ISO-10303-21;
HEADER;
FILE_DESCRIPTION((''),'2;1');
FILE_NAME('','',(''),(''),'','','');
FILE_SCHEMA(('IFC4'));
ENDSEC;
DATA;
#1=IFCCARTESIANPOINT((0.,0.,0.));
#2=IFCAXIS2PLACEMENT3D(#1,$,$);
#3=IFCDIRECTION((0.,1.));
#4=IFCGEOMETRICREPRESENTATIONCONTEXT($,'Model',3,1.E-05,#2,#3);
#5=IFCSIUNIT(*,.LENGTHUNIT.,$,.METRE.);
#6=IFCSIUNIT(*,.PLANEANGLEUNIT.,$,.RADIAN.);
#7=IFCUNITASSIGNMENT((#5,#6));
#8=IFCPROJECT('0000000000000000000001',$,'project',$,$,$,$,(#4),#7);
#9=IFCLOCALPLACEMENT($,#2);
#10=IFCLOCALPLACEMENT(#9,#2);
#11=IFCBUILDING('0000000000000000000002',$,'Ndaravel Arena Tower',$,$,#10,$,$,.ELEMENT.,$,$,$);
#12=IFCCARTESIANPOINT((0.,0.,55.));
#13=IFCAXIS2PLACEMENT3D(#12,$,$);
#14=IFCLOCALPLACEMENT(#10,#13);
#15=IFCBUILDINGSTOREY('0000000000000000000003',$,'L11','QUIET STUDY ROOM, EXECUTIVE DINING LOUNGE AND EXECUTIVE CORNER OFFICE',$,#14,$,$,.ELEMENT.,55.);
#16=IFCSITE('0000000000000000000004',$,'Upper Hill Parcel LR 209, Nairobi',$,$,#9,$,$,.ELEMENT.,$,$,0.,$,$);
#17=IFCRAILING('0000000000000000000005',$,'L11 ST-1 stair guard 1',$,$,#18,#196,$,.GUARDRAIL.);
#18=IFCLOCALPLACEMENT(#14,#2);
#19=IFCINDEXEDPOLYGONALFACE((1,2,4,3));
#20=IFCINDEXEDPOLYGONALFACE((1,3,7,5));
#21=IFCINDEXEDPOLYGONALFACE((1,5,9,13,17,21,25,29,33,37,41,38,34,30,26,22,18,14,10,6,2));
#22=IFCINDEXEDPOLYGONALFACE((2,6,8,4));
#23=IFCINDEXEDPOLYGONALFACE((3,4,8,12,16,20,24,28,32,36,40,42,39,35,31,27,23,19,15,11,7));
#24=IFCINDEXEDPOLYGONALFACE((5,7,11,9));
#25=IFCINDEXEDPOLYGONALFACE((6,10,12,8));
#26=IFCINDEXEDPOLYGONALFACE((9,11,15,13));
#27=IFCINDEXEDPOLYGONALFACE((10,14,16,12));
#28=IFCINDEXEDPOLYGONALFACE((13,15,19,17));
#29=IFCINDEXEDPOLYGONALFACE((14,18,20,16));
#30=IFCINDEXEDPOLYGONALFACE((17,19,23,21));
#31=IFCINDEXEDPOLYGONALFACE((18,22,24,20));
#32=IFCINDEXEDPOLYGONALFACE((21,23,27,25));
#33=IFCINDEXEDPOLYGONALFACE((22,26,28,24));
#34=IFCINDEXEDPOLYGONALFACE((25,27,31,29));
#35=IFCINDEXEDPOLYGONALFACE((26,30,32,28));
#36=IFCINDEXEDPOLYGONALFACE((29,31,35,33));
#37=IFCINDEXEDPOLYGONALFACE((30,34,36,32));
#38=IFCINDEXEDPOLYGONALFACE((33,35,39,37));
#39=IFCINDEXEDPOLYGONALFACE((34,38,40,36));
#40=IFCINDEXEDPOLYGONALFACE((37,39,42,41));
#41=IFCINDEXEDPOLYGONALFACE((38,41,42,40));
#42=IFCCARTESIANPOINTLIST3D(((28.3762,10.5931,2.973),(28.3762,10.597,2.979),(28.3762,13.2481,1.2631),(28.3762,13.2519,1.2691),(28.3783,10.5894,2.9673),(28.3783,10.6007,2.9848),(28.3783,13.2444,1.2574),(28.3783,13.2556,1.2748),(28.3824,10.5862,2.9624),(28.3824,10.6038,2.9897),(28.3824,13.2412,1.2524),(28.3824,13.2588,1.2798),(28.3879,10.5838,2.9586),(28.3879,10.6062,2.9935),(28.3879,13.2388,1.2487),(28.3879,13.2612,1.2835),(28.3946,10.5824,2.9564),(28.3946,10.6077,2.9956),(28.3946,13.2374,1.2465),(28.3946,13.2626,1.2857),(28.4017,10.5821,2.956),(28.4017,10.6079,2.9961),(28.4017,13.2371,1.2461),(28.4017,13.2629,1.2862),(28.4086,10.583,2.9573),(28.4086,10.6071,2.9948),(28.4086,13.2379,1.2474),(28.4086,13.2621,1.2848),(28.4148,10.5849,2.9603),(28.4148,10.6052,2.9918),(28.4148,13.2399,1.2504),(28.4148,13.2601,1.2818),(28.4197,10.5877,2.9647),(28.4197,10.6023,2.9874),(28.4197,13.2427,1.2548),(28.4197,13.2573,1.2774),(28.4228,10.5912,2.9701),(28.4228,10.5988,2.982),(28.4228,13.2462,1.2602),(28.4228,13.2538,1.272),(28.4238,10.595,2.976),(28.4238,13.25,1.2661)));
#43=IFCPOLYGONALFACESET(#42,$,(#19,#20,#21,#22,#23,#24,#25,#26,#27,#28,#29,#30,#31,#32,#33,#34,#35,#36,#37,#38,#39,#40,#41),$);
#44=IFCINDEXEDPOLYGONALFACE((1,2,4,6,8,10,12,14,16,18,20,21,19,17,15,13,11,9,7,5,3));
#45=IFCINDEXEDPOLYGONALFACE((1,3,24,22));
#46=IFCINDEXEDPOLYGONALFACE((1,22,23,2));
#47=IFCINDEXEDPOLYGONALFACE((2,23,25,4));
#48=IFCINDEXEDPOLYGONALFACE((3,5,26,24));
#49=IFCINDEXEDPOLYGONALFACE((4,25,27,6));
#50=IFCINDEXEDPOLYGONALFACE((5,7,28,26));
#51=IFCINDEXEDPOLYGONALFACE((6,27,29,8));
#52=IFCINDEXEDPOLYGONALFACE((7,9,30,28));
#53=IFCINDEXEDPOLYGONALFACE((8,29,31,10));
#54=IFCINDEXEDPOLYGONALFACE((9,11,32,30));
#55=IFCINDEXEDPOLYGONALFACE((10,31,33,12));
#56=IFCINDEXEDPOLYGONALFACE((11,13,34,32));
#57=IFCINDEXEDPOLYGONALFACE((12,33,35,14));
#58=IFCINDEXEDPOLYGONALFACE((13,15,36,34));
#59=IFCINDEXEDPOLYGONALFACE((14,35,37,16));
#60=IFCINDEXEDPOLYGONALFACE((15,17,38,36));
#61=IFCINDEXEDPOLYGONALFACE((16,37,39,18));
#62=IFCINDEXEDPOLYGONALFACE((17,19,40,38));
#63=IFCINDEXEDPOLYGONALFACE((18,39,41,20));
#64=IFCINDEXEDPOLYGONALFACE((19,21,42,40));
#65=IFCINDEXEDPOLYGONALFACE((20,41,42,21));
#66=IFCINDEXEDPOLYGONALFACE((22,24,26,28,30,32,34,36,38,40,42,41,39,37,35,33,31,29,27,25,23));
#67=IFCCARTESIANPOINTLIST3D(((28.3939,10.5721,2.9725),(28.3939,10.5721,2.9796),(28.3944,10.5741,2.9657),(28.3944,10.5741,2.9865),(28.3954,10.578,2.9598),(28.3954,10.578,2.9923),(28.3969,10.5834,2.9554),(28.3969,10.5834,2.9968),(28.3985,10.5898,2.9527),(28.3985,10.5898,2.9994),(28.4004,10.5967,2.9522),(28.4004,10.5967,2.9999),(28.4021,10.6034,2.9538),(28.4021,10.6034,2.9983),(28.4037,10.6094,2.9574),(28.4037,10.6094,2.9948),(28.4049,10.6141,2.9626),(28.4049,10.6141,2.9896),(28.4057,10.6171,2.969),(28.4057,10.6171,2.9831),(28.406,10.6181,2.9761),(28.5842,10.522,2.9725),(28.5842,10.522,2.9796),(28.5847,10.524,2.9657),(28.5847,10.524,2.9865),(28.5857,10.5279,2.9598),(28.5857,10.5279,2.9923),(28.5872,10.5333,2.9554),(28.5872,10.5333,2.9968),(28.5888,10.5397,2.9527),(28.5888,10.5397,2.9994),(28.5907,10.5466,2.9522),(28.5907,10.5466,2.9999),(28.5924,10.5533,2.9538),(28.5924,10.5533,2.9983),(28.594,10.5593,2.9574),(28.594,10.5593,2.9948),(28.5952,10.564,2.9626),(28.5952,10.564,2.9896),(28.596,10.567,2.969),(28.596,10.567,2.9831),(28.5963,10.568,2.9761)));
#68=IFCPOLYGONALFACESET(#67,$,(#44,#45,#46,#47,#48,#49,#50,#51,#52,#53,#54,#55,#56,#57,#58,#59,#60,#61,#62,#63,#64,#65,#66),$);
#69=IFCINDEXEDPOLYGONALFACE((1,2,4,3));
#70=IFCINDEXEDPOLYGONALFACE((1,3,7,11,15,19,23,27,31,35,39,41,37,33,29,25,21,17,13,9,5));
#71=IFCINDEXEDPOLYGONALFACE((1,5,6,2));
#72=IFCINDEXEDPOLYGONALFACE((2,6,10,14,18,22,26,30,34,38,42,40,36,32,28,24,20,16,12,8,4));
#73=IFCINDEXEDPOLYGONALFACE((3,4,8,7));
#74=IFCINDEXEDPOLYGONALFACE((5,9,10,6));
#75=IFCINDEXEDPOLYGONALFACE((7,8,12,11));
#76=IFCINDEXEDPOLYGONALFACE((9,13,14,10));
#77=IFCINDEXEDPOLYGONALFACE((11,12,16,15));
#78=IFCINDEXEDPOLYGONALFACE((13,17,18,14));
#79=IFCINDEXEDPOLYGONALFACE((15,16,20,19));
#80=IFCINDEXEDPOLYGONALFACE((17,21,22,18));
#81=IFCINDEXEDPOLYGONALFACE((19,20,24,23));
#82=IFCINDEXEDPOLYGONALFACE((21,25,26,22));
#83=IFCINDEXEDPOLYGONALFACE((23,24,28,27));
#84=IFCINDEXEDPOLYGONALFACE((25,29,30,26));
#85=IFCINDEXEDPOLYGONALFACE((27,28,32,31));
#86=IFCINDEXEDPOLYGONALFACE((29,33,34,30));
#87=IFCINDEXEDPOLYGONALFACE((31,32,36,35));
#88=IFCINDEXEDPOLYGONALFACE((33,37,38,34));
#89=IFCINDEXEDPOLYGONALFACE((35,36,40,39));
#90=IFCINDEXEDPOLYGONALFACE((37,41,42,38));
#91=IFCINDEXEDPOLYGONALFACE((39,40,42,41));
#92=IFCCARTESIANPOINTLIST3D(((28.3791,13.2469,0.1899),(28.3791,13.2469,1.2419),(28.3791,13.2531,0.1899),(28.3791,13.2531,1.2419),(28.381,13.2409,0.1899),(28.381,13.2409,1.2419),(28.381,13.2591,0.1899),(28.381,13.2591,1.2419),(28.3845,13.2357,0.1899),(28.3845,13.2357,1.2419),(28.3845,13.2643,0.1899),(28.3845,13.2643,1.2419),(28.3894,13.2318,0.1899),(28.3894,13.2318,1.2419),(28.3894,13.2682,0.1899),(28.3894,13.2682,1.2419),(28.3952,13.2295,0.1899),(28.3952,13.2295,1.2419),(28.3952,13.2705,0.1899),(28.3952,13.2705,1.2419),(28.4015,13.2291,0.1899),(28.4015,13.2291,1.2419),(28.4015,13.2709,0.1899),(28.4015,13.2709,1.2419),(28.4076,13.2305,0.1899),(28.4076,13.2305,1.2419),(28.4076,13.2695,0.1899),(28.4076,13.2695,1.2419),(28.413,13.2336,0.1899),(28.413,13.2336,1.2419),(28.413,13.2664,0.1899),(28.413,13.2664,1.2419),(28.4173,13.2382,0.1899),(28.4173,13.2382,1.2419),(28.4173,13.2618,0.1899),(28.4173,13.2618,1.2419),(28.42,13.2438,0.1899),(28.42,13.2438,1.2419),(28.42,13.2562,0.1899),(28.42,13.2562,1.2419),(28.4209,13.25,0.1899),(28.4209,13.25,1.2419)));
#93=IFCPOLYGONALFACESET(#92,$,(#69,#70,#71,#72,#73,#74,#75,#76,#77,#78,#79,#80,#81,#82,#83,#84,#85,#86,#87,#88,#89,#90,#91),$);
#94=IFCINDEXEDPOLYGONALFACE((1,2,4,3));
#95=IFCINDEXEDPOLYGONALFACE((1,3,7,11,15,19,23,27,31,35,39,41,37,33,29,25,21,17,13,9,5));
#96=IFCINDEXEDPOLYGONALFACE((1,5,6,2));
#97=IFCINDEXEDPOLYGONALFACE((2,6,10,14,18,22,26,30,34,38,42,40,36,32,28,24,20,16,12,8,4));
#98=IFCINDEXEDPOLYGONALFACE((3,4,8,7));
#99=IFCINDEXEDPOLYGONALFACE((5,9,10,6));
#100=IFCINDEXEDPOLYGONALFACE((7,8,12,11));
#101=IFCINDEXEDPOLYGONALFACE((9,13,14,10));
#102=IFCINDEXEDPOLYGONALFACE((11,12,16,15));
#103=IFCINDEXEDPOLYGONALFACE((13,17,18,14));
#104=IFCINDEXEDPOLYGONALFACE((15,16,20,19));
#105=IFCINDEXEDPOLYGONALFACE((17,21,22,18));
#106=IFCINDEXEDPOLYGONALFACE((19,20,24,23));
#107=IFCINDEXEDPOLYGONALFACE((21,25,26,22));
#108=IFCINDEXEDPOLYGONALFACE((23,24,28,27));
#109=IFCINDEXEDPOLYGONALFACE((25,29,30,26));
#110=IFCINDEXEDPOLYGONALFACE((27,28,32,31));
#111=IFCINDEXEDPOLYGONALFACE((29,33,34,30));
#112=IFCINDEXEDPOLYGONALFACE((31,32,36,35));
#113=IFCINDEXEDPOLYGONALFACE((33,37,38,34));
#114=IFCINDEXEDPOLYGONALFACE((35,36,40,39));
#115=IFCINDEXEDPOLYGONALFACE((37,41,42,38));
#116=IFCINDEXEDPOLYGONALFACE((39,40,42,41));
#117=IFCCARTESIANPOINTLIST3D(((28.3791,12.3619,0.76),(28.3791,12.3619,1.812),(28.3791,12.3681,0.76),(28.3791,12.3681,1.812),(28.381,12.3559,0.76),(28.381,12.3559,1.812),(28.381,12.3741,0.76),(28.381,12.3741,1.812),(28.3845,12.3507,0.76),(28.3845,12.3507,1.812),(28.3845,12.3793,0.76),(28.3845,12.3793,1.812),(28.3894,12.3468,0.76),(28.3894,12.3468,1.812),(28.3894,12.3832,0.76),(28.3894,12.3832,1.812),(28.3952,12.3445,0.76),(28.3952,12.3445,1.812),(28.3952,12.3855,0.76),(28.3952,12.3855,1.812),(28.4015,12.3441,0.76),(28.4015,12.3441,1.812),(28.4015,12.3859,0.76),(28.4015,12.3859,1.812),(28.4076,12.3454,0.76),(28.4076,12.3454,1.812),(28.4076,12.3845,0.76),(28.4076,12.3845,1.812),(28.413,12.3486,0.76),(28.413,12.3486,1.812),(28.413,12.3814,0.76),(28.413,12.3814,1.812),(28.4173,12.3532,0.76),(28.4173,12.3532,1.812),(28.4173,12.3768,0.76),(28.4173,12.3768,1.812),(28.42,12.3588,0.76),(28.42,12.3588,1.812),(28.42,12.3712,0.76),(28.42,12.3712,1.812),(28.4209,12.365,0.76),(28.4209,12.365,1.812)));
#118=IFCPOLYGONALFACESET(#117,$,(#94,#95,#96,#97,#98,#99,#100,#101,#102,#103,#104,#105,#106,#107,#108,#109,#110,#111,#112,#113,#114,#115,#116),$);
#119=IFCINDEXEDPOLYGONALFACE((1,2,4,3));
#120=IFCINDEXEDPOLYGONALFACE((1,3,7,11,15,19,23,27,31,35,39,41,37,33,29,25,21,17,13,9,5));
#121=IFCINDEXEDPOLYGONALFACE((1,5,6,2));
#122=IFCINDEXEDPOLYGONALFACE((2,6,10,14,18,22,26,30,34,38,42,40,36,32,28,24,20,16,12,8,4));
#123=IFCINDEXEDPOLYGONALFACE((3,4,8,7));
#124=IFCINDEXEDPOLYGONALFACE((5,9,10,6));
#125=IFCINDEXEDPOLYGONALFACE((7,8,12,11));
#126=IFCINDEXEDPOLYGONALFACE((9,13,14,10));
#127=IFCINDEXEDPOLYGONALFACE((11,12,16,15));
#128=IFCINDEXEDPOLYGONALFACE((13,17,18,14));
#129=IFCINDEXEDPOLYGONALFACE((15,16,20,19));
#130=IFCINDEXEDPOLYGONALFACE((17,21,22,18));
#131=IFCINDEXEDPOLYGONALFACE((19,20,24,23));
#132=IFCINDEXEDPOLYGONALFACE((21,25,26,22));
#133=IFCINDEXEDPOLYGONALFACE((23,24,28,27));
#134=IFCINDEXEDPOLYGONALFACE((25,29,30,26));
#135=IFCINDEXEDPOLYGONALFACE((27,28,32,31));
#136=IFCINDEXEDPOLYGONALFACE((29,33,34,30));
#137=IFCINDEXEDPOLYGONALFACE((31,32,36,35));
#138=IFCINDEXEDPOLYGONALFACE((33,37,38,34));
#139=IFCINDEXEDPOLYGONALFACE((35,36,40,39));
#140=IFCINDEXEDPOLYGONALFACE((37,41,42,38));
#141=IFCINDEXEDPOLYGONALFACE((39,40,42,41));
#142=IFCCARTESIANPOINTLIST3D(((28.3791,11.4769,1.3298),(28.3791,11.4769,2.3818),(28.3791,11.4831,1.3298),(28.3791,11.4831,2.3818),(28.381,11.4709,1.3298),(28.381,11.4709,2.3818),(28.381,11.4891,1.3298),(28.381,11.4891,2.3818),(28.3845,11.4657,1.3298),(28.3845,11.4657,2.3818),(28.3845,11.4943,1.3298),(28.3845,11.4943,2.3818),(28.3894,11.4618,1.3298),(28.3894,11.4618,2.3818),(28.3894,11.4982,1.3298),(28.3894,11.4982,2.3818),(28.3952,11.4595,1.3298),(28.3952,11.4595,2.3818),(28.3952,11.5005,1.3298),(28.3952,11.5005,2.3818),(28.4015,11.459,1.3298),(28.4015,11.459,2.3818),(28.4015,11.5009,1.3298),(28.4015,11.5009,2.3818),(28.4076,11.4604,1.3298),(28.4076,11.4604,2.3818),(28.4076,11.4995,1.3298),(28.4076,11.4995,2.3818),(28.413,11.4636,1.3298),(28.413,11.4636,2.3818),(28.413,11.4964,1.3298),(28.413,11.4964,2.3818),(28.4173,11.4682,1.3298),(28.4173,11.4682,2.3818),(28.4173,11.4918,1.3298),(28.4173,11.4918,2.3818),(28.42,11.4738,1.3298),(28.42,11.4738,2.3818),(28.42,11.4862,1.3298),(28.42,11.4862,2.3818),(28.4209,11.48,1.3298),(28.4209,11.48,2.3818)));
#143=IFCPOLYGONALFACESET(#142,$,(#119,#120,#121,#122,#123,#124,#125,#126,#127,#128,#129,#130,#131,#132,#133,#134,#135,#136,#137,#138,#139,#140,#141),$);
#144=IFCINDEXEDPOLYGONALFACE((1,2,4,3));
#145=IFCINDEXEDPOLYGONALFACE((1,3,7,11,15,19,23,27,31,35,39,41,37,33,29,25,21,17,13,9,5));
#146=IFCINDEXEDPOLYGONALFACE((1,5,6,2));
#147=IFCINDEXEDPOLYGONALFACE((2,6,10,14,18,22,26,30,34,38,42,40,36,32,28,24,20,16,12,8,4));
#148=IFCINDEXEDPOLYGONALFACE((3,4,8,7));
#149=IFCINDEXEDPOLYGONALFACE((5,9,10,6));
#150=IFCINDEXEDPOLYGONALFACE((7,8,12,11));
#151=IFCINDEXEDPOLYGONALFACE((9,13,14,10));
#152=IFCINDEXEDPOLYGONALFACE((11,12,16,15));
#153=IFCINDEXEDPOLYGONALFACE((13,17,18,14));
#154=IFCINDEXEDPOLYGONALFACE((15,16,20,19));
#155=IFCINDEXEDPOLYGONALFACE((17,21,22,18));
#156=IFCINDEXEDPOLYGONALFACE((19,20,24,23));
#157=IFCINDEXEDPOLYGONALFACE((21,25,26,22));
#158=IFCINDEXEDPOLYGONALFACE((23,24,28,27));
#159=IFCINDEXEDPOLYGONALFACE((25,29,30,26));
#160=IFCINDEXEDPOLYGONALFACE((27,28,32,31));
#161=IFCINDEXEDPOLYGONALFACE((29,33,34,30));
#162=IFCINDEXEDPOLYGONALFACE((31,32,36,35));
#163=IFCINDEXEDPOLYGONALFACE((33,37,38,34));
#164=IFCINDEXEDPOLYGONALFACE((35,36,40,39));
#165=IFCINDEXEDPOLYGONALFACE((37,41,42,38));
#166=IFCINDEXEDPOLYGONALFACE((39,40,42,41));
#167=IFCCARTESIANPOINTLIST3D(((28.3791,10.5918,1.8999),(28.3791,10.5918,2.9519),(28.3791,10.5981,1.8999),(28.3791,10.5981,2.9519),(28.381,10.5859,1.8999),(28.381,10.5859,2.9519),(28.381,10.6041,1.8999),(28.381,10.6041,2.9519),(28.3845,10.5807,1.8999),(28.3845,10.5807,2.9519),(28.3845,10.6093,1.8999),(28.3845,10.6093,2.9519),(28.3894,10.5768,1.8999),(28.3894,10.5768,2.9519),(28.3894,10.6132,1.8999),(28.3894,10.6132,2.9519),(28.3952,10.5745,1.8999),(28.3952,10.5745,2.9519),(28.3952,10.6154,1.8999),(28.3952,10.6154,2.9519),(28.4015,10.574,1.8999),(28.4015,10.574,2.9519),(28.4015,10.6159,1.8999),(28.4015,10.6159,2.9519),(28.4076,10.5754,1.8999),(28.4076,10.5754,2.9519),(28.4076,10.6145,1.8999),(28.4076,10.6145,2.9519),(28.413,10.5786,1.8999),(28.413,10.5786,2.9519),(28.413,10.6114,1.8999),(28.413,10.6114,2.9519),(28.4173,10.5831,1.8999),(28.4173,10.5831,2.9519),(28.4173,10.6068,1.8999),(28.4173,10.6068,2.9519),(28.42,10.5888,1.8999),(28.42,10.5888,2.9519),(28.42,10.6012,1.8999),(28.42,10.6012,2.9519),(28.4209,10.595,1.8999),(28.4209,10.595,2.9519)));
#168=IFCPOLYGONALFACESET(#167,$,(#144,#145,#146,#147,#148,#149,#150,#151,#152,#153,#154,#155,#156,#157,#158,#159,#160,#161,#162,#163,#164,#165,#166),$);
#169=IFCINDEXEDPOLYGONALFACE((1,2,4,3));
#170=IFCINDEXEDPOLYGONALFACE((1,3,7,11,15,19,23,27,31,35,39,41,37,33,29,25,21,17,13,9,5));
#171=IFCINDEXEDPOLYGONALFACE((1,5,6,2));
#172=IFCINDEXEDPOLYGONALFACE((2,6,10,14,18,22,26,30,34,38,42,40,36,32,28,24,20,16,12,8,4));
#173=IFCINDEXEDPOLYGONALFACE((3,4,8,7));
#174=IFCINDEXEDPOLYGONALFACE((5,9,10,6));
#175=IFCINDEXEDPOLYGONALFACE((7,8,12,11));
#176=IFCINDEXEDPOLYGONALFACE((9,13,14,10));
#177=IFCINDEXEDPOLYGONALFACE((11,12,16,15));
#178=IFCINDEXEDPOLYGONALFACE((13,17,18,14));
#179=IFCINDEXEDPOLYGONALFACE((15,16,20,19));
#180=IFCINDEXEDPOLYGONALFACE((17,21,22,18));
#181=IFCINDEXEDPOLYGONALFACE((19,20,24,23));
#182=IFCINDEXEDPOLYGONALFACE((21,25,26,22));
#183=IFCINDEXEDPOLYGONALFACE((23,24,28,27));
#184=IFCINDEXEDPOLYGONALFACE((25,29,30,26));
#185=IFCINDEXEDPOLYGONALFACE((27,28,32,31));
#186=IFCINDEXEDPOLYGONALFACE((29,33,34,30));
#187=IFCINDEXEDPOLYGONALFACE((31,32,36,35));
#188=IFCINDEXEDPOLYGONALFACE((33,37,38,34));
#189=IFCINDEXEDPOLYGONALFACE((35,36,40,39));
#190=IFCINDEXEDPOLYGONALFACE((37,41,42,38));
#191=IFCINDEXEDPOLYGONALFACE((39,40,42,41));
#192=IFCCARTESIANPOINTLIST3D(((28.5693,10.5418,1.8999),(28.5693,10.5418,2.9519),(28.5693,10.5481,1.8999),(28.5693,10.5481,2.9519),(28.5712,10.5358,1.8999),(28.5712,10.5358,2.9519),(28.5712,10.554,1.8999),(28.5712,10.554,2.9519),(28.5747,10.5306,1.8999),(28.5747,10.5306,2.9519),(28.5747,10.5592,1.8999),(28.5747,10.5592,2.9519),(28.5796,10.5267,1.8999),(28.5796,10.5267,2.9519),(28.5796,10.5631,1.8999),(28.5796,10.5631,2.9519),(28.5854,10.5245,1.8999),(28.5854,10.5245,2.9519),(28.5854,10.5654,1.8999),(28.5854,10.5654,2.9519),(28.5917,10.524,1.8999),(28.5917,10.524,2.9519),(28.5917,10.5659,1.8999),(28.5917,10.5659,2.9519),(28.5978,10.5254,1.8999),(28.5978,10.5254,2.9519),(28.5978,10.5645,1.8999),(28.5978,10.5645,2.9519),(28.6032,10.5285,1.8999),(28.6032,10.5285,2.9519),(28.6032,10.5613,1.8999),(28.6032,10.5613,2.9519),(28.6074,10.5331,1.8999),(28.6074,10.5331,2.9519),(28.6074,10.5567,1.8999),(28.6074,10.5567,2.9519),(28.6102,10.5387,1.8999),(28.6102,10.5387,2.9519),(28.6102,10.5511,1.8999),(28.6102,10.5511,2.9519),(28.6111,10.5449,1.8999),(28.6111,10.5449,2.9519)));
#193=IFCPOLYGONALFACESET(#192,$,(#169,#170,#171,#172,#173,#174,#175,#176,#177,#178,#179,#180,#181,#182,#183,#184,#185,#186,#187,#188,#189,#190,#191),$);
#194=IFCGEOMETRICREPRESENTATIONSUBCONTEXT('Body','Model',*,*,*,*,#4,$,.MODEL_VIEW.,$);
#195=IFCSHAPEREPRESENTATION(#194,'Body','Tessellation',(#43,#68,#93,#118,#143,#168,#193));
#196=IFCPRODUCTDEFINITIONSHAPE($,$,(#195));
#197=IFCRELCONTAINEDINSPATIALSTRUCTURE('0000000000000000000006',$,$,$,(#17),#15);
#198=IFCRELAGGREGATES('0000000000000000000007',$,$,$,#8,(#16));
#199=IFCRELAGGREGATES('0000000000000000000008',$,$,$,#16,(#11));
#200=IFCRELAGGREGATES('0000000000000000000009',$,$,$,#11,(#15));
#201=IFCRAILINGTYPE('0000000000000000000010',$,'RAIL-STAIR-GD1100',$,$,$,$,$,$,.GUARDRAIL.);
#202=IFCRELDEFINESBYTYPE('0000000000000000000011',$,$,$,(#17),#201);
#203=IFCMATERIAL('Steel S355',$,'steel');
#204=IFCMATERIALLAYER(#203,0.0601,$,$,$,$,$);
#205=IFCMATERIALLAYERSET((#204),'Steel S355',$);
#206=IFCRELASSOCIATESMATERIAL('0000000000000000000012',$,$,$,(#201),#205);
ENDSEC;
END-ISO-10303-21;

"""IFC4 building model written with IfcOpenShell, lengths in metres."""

from ifc_helpers import new_model, si_unit, direction, frame, origin, origin_2d, place, context, subcontext, project, spatial, circle, extrude, material, layer, layer_set, type_object, element, save


model = new_model("IFC4")

# Units and contexts
model_context = context("Model", 3, precision=1e-05, world=origin(), true_north=direction((0.0, 1.0)))
body_context = subcontext(model_context, "Body", "Model", "MODEL_VIEW")
ifc_project = project(units=[si_unit("LENGTHUNIT", "METRE"), si_unit("PLANEANGLEUNIT", "RADIAN")], contexts=[model_context])

# Site, building, storey
site_placement = place(None, origin())
site = spatial("IfcSite", under=ifc_project, at=site_placement, Name="Upper Hill Parcel LR 209, Nairobi", CompositionType="ELEMENT", RefElevation=0.0)
building_placement = place(site_placement, origin())
building = spatial("IfcBuilding", under=site, at=building_placement, Name="Ndaravel Arena Tower", CompositionType="ELEMENT")
storey_placement = place(building_placement, frame((0.0, 0.0, 55.0)))
storey = spatial("IfcBuildingStorey", under=building, at=storey_placement, Name="L11", Description="QUIET STUDY ROOM, EXECUTIVE DINING LOUNGE AND EXECUTIVE CORNER OFFICE", CompositionType="ELEMENT", Elevation=55.0)

# Railing
ifc_material_1 = material(Name="Steel S355", Category="steel")
ifc_layer_1 = layer(ifc_material_1, 0.0601)
ifc_layer_set_1 = layer_set([ifc_layer_1], Name="Steel S355")
railing_type_1 = type_object("IfcRailingType", Name="RAIL-STAIR-GD1100", PredefinedType="GUARDRAIL", material=ifc_layer_set_1)
railing_1_placement = place(storey_placement, frame((28.3999, 13.25, 0.1899)))
element("IfcRailing", 1, at=railing_1_placement, inside=storey, type_object=railing_type_1, Name="L11 ST-1 stair guard 1", PredefinedType="GUARDRAIL", context=body_context, shape_type="SweptSolid", body=[
    extrude(circle(Radius=0.0239, at=origin_2d()), frame((0.0, 0.0, 1.0762), z_axis=(0.0, -0.840724, 0.541465), x_axis=(1.0, 0.0, 0.0)), (0.0, 0.0, 1.0), 3.158),
    extrude(circle(Radius=0.0239, at=origin_2d()), frame((0.0, -2.655, 2.7861), z_axis=(0.967075, -0.254493, 0.0), x_axis=(0.254493, 0.967075, 0.0)), (0.0, 0.0, 1.0), 0.1968),
    extrude(circle(Radius=0.021, at=origin_2d()), origin(), (0.0, 0.0, 1.0), 1.052),
    extrude(circle(Radius=0.021, at=origin_2d()), frame((0.0, -0.885, 0.5701)), (0.0, 0.0, 1.0), 1.052),
    extrude(circle(Radius=0.021, at=origin_2d()), frame((0.0, -1.77, 1.1399)), (0.0, 0.0, 1.0), 1.052),
    extrude(circle(Radius=0.021, at=origin_2d()), frame((0.0, -2.655, 1.71)), (0.0, 0.0, 1.0), 1.052),
    extrude(circle(Radius=0.021, at=origin_2d()), frame((0.1902, -2.7051, 1.71)), (0.0, 0.0, 1.0), 1.052),
])

save(model, "model.ifc")
